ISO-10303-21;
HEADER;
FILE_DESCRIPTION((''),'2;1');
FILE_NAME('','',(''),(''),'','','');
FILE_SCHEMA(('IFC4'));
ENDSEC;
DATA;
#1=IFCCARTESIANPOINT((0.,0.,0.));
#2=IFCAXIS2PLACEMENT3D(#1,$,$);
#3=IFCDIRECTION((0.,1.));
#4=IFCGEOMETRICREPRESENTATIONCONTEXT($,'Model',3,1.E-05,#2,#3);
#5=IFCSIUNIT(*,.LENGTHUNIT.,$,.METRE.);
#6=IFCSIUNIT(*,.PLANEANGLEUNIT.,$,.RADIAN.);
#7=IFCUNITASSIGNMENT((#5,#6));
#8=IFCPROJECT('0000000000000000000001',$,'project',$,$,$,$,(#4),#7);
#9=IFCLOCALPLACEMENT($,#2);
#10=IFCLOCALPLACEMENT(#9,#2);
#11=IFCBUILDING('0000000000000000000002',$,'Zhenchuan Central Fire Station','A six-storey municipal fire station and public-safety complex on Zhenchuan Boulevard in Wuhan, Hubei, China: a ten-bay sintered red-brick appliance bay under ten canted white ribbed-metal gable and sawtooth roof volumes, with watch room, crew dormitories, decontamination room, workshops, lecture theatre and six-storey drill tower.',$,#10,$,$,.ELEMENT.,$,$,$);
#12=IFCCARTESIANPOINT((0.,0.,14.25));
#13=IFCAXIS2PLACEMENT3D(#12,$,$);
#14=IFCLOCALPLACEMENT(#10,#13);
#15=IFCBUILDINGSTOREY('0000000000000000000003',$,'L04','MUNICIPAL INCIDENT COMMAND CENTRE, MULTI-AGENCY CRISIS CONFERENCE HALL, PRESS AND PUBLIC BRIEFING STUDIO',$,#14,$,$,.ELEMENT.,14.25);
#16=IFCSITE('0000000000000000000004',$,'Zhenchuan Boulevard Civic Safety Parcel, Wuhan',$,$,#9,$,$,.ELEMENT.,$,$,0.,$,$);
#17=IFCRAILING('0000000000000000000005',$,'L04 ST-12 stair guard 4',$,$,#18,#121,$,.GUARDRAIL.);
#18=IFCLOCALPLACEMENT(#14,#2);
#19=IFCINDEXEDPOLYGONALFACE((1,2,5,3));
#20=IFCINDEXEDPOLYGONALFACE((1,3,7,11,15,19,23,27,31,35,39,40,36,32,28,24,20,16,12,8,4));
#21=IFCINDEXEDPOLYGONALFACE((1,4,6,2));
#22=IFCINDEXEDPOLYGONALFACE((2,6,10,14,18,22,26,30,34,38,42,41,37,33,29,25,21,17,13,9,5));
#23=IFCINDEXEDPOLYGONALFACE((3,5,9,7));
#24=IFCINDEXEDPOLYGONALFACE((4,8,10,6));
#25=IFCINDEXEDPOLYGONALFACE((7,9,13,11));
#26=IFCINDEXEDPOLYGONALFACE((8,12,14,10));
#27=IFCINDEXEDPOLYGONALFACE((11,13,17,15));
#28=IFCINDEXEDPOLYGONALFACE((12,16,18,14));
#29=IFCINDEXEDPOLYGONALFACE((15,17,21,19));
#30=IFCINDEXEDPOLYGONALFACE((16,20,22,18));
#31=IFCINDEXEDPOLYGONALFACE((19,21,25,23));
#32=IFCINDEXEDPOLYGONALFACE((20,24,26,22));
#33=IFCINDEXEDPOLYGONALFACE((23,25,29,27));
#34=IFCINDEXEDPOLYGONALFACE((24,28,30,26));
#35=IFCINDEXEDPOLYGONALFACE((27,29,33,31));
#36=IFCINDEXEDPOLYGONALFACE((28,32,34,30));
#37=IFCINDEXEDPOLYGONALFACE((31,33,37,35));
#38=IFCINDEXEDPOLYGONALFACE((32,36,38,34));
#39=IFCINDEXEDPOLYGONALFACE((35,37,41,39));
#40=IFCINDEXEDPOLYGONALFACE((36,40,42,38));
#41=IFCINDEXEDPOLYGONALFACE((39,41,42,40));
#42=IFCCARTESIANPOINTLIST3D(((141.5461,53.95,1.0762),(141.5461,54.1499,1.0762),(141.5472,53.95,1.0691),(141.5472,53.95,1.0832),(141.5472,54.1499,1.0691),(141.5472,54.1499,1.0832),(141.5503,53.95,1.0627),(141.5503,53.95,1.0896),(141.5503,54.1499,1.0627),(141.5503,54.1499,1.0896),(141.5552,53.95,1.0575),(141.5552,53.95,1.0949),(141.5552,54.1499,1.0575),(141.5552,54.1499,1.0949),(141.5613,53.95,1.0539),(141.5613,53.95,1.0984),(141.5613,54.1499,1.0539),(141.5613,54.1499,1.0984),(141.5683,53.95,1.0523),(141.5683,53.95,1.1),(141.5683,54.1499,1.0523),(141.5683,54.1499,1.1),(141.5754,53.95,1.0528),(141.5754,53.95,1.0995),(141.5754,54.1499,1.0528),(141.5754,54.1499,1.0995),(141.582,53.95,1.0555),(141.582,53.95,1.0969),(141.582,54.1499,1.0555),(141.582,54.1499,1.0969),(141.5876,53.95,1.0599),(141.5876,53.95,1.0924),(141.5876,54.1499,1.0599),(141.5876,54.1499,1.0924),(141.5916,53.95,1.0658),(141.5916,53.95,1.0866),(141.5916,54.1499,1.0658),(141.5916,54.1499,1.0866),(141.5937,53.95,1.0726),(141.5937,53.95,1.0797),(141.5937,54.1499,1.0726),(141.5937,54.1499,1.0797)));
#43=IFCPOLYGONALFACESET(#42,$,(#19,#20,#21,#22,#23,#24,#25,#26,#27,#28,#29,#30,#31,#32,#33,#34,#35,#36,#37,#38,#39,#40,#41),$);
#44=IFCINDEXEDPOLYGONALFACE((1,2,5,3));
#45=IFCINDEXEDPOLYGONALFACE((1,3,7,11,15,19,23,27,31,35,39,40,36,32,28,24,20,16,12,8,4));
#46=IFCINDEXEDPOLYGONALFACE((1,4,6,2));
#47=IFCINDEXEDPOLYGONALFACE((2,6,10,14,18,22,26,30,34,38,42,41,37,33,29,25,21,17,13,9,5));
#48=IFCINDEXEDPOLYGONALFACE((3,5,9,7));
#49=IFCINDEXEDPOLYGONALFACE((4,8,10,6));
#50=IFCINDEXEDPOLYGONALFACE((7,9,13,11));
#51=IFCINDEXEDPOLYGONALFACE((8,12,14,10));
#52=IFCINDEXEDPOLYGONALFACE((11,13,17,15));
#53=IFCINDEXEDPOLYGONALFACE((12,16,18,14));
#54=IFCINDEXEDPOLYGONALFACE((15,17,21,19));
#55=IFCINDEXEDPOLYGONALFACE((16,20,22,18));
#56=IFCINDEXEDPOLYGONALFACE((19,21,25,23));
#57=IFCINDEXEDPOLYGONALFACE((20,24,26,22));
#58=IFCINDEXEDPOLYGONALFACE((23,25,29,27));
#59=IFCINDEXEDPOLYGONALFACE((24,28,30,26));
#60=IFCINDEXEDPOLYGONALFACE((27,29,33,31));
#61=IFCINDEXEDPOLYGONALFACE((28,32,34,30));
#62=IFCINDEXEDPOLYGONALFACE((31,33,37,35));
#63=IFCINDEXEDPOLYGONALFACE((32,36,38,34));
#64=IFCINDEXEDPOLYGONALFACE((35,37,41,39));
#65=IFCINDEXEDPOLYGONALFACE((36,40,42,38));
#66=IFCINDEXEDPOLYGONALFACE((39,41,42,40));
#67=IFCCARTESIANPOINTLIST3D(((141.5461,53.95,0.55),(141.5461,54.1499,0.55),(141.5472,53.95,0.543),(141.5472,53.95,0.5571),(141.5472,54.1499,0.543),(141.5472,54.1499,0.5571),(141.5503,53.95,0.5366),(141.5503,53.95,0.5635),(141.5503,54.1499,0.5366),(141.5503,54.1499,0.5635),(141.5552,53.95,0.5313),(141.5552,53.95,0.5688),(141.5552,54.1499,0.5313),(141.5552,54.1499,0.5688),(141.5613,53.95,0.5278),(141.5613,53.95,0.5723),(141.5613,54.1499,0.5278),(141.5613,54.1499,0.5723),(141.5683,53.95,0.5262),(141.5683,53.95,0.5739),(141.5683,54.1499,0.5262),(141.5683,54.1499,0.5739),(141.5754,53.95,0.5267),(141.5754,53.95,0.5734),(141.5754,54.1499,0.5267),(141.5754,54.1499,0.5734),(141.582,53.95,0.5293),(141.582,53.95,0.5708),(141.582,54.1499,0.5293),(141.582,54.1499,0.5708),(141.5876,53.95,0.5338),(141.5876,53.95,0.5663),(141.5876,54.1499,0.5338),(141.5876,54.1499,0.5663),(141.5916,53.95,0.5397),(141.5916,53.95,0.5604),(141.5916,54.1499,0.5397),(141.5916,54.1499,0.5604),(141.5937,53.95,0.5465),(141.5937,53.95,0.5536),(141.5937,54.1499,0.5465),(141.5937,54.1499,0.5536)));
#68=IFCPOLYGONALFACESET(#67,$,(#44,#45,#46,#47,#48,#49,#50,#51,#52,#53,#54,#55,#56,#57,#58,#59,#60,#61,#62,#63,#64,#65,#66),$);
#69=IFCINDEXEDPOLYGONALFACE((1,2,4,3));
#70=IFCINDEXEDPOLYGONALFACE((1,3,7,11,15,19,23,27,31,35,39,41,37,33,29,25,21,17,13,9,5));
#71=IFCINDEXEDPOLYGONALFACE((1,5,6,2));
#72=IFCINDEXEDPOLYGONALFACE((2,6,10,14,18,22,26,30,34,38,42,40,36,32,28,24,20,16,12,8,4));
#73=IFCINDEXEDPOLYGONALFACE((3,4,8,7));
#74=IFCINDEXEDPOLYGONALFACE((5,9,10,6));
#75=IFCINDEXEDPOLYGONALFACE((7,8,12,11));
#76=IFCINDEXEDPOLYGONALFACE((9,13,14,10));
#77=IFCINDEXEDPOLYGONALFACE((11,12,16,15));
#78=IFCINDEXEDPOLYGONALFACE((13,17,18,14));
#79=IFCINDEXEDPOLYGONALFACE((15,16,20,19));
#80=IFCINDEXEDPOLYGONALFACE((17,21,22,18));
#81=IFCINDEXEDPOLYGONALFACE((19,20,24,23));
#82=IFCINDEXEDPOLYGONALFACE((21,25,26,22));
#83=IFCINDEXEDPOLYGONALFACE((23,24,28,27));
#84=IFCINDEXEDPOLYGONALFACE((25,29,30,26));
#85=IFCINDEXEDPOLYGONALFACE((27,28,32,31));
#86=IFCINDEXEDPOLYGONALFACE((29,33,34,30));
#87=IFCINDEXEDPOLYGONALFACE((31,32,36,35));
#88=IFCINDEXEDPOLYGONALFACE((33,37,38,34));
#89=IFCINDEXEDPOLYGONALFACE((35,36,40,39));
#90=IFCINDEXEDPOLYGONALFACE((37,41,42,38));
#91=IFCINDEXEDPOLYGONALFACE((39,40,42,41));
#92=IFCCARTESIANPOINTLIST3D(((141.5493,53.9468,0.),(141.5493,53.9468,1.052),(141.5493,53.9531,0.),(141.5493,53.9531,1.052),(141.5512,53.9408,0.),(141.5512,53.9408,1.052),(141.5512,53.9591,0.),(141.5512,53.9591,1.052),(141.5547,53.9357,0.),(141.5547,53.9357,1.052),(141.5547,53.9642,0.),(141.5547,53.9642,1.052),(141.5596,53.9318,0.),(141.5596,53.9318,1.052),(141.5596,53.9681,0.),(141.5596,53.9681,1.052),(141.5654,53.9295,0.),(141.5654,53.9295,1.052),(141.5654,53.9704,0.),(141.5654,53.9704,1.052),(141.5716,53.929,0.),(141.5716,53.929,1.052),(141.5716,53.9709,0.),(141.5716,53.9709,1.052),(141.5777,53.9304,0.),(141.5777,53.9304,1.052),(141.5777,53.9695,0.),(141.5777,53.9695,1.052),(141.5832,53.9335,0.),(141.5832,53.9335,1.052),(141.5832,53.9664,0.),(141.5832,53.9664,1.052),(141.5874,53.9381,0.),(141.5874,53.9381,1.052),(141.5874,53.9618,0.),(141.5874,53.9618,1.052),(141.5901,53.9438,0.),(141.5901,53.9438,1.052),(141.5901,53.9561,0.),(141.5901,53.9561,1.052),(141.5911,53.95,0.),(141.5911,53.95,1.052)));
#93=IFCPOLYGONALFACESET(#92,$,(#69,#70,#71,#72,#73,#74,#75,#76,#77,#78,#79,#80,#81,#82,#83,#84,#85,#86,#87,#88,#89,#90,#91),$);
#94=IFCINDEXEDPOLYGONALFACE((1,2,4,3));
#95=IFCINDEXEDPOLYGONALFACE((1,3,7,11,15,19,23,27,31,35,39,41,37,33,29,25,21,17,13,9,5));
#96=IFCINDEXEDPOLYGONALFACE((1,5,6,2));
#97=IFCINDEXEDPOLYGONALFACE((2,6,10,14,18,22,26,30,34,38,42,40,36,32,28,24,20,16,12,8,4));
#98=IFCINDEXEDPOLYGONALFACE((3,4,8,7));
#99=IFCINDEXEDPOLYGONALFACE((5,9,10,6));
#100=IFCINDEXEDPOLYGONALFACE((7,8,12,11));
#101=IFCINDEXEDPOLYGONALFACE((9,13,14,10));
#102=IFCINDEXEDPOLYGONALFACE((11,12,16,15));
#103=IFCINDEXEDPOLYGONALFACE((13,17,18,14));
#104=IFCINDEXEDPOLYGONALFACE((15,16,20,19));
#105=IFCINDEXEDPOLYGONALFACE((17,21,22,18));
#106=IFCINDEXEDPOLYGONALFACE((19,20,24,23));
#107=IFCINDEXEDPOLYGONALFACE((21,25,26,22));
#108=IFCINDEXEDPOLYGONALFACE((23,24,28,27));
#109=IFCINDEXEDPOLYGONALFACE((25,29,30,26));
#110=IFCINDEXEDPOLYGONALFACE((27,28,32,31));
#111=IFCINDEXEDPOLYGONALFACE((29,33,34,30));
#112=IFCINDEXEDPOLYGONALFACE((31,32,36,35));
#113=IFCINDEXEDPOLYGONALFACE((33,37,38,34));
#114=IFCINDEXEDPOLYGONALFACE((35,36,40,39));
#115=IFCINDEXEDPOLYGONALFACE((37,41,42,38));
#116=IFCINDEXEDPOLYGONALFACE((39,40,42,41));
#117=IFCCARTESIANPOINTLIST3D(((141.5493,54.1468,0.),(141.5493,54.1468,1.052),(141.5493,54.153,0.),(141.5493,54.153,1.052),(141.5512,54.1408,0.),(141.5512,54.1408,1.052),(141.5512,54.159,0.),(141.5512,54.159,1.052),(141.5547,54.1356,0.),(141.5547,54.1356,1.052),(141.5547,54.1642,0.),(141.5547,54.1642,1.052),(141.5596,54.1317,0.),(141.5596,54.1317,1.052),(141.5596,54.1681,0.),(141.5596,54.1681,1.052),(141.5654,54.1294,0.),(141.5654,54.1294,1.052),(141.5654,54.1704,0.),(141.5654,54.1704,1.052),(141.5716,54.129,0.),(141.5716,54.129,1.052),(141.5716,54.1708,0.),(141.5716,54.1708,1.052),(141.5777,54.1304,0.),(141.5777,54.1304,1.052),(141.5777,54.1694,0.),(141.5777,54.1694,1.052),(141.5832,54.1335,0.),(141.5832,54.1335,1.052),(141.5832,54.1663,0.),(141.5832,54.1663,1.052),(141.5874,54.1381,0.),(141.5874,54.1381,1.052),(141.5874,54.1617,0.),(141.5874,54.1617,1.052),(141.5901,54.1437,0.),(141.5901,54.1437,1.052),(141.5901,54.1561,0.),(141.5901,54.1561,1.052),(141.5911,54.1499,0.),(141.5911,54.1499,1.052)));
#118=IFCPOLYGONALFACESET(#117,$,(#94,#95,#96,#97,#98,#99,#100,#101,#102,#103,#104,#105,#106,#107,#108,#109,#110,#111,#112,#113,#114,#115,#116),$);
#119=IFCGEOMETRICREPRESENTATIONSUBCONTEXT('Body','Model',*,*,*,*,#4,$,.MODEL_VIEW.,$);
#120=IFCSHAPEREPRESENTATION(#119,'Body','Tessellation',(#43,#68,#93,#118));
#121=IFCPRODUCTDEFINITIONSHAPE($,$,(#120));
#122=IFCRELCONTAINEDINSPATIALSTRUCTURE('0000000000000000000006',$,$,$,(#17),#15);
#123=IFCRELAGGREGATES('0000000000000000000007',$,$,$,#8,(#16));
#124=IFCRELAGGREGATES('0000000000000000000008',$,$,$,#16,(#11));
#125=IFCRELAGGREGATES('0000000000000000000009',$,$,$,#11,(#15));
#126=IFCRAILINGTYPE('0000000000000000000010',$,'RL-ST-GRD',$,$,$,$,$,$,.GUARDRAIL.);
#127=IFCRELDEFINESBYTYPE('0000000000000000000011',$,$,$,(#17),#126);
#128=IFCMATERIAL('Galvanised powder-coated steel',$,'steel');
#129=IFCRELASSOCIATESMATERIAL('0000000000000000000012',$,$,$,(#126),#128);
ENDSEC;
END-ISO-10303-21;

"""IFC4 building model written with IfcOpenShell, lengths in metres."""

from ifc_helpers import new_model, si_unit, direction, frame, origin, origin_2d, place, context, subcontext, project, spatial, circle, extrude, material, type_object, element, save


model = new_model("IFC4")

# Units and contexts
model_context = context("Model", 3, precision=1e-05, world=origin(), true_north=direction((0.0, 1.0)))
body_context = subcontext(model_context, "Body", "Model", "MODEL_VIEW")
ifc_project = project(units=[si_unit("LENGTHUNIT", "METRE"), si_unit("PLANEANGLEUNIT", "RADIAN")], contexts=[model_context])

# Site, building, storey
site_placement = place(None, origin())
site = spatial("IfcSite", under=ifc_project, at=site_placement, Name="Zhenchuan Boulevard Civic Safety Parcel, Wuhan", CompositionType="ELEMENT", RefElevation=0.0)
building_placement = place(site_placement, origin())
building = spatial("IfcBuilding", under=site, at=building_placement, Name="Zhenchuan Central Fire Station", Description="A six-storey municipal fire station and public-safety complex on Zhenchuan Boulevard in Wuhan, Hubei, China: a ten-bay sintered red-brick appliance bay under ten canted white ribbed-metal gable and sawtooth roof volumes, with watch room, crew dormitories, decontamination room, workshops, lecture theatre and six-storey drill tower.", CompositionType="ELEMENT")
storey_placement = place(building_placement, frame((0.0, 0.0, 14.25)))
storey = spatial("IfcBuildingStorey", under=building, at=storey_placement, Name="L04", Description="MUNICIPAL INCIDENT COMMAND CENTRE, MULTI-AGENCY CRISIS CONFERENCE HALL, PRESS AND PUBLIC BRIEFING STUDIO", CompositionType="ELEMENT", Elevation=14.25)

# Railing
ifc_material_1 = material(Name="Galvanised powder-coated steel", Category="steel")
railing_type_1 = type_object("IfcRailingType", Name="RL-ST-GRD", PredefinedType="GUARDRAIL", material=ifc_material_1)
railing_1_placement = place(storey_placement, frame((141.5701, 53.95, 0.0)))
element("IfcRailing", 1, at=railing_1_placement, inside=storey, type_object=railing_type_1, Name="L04 ST-12 stair guard 4", PredefinedType="GUARDRAIL", context=body_context, shape_type="SweptSolid", body=[
    extrude(circle(Radius=0.0239, at=origin_2d()), frame((0.0, 0.0, 1.0762), z_axis=(0.0, 1.0, 0.0), x_axis=(-1.0, 0.0, 0.0)), (0.0, 0.0, 1.0), 0.2),
    extrude(circle(Radius=0.0239, at=origin_2d()), frame((0.0, 0.0, 0.55), z_axis=(0.0, 1.0, 0.0), x_axis=(-1.0, 0.0, 0.0)), (0.0, 0.0, 1.0), 0.2),
    extrude(circle(Radius=0.021, at=origin_2d()), origin(), (0.0, 0.0, 1.0), 1.052),
    extrude(circle(Radius=0.021, at=origin_2d()), frame((0.0, 0.2, 0.0)), (0.0, 0.0, 1.0), 1.052),
])

save(model, "model.ifc")
